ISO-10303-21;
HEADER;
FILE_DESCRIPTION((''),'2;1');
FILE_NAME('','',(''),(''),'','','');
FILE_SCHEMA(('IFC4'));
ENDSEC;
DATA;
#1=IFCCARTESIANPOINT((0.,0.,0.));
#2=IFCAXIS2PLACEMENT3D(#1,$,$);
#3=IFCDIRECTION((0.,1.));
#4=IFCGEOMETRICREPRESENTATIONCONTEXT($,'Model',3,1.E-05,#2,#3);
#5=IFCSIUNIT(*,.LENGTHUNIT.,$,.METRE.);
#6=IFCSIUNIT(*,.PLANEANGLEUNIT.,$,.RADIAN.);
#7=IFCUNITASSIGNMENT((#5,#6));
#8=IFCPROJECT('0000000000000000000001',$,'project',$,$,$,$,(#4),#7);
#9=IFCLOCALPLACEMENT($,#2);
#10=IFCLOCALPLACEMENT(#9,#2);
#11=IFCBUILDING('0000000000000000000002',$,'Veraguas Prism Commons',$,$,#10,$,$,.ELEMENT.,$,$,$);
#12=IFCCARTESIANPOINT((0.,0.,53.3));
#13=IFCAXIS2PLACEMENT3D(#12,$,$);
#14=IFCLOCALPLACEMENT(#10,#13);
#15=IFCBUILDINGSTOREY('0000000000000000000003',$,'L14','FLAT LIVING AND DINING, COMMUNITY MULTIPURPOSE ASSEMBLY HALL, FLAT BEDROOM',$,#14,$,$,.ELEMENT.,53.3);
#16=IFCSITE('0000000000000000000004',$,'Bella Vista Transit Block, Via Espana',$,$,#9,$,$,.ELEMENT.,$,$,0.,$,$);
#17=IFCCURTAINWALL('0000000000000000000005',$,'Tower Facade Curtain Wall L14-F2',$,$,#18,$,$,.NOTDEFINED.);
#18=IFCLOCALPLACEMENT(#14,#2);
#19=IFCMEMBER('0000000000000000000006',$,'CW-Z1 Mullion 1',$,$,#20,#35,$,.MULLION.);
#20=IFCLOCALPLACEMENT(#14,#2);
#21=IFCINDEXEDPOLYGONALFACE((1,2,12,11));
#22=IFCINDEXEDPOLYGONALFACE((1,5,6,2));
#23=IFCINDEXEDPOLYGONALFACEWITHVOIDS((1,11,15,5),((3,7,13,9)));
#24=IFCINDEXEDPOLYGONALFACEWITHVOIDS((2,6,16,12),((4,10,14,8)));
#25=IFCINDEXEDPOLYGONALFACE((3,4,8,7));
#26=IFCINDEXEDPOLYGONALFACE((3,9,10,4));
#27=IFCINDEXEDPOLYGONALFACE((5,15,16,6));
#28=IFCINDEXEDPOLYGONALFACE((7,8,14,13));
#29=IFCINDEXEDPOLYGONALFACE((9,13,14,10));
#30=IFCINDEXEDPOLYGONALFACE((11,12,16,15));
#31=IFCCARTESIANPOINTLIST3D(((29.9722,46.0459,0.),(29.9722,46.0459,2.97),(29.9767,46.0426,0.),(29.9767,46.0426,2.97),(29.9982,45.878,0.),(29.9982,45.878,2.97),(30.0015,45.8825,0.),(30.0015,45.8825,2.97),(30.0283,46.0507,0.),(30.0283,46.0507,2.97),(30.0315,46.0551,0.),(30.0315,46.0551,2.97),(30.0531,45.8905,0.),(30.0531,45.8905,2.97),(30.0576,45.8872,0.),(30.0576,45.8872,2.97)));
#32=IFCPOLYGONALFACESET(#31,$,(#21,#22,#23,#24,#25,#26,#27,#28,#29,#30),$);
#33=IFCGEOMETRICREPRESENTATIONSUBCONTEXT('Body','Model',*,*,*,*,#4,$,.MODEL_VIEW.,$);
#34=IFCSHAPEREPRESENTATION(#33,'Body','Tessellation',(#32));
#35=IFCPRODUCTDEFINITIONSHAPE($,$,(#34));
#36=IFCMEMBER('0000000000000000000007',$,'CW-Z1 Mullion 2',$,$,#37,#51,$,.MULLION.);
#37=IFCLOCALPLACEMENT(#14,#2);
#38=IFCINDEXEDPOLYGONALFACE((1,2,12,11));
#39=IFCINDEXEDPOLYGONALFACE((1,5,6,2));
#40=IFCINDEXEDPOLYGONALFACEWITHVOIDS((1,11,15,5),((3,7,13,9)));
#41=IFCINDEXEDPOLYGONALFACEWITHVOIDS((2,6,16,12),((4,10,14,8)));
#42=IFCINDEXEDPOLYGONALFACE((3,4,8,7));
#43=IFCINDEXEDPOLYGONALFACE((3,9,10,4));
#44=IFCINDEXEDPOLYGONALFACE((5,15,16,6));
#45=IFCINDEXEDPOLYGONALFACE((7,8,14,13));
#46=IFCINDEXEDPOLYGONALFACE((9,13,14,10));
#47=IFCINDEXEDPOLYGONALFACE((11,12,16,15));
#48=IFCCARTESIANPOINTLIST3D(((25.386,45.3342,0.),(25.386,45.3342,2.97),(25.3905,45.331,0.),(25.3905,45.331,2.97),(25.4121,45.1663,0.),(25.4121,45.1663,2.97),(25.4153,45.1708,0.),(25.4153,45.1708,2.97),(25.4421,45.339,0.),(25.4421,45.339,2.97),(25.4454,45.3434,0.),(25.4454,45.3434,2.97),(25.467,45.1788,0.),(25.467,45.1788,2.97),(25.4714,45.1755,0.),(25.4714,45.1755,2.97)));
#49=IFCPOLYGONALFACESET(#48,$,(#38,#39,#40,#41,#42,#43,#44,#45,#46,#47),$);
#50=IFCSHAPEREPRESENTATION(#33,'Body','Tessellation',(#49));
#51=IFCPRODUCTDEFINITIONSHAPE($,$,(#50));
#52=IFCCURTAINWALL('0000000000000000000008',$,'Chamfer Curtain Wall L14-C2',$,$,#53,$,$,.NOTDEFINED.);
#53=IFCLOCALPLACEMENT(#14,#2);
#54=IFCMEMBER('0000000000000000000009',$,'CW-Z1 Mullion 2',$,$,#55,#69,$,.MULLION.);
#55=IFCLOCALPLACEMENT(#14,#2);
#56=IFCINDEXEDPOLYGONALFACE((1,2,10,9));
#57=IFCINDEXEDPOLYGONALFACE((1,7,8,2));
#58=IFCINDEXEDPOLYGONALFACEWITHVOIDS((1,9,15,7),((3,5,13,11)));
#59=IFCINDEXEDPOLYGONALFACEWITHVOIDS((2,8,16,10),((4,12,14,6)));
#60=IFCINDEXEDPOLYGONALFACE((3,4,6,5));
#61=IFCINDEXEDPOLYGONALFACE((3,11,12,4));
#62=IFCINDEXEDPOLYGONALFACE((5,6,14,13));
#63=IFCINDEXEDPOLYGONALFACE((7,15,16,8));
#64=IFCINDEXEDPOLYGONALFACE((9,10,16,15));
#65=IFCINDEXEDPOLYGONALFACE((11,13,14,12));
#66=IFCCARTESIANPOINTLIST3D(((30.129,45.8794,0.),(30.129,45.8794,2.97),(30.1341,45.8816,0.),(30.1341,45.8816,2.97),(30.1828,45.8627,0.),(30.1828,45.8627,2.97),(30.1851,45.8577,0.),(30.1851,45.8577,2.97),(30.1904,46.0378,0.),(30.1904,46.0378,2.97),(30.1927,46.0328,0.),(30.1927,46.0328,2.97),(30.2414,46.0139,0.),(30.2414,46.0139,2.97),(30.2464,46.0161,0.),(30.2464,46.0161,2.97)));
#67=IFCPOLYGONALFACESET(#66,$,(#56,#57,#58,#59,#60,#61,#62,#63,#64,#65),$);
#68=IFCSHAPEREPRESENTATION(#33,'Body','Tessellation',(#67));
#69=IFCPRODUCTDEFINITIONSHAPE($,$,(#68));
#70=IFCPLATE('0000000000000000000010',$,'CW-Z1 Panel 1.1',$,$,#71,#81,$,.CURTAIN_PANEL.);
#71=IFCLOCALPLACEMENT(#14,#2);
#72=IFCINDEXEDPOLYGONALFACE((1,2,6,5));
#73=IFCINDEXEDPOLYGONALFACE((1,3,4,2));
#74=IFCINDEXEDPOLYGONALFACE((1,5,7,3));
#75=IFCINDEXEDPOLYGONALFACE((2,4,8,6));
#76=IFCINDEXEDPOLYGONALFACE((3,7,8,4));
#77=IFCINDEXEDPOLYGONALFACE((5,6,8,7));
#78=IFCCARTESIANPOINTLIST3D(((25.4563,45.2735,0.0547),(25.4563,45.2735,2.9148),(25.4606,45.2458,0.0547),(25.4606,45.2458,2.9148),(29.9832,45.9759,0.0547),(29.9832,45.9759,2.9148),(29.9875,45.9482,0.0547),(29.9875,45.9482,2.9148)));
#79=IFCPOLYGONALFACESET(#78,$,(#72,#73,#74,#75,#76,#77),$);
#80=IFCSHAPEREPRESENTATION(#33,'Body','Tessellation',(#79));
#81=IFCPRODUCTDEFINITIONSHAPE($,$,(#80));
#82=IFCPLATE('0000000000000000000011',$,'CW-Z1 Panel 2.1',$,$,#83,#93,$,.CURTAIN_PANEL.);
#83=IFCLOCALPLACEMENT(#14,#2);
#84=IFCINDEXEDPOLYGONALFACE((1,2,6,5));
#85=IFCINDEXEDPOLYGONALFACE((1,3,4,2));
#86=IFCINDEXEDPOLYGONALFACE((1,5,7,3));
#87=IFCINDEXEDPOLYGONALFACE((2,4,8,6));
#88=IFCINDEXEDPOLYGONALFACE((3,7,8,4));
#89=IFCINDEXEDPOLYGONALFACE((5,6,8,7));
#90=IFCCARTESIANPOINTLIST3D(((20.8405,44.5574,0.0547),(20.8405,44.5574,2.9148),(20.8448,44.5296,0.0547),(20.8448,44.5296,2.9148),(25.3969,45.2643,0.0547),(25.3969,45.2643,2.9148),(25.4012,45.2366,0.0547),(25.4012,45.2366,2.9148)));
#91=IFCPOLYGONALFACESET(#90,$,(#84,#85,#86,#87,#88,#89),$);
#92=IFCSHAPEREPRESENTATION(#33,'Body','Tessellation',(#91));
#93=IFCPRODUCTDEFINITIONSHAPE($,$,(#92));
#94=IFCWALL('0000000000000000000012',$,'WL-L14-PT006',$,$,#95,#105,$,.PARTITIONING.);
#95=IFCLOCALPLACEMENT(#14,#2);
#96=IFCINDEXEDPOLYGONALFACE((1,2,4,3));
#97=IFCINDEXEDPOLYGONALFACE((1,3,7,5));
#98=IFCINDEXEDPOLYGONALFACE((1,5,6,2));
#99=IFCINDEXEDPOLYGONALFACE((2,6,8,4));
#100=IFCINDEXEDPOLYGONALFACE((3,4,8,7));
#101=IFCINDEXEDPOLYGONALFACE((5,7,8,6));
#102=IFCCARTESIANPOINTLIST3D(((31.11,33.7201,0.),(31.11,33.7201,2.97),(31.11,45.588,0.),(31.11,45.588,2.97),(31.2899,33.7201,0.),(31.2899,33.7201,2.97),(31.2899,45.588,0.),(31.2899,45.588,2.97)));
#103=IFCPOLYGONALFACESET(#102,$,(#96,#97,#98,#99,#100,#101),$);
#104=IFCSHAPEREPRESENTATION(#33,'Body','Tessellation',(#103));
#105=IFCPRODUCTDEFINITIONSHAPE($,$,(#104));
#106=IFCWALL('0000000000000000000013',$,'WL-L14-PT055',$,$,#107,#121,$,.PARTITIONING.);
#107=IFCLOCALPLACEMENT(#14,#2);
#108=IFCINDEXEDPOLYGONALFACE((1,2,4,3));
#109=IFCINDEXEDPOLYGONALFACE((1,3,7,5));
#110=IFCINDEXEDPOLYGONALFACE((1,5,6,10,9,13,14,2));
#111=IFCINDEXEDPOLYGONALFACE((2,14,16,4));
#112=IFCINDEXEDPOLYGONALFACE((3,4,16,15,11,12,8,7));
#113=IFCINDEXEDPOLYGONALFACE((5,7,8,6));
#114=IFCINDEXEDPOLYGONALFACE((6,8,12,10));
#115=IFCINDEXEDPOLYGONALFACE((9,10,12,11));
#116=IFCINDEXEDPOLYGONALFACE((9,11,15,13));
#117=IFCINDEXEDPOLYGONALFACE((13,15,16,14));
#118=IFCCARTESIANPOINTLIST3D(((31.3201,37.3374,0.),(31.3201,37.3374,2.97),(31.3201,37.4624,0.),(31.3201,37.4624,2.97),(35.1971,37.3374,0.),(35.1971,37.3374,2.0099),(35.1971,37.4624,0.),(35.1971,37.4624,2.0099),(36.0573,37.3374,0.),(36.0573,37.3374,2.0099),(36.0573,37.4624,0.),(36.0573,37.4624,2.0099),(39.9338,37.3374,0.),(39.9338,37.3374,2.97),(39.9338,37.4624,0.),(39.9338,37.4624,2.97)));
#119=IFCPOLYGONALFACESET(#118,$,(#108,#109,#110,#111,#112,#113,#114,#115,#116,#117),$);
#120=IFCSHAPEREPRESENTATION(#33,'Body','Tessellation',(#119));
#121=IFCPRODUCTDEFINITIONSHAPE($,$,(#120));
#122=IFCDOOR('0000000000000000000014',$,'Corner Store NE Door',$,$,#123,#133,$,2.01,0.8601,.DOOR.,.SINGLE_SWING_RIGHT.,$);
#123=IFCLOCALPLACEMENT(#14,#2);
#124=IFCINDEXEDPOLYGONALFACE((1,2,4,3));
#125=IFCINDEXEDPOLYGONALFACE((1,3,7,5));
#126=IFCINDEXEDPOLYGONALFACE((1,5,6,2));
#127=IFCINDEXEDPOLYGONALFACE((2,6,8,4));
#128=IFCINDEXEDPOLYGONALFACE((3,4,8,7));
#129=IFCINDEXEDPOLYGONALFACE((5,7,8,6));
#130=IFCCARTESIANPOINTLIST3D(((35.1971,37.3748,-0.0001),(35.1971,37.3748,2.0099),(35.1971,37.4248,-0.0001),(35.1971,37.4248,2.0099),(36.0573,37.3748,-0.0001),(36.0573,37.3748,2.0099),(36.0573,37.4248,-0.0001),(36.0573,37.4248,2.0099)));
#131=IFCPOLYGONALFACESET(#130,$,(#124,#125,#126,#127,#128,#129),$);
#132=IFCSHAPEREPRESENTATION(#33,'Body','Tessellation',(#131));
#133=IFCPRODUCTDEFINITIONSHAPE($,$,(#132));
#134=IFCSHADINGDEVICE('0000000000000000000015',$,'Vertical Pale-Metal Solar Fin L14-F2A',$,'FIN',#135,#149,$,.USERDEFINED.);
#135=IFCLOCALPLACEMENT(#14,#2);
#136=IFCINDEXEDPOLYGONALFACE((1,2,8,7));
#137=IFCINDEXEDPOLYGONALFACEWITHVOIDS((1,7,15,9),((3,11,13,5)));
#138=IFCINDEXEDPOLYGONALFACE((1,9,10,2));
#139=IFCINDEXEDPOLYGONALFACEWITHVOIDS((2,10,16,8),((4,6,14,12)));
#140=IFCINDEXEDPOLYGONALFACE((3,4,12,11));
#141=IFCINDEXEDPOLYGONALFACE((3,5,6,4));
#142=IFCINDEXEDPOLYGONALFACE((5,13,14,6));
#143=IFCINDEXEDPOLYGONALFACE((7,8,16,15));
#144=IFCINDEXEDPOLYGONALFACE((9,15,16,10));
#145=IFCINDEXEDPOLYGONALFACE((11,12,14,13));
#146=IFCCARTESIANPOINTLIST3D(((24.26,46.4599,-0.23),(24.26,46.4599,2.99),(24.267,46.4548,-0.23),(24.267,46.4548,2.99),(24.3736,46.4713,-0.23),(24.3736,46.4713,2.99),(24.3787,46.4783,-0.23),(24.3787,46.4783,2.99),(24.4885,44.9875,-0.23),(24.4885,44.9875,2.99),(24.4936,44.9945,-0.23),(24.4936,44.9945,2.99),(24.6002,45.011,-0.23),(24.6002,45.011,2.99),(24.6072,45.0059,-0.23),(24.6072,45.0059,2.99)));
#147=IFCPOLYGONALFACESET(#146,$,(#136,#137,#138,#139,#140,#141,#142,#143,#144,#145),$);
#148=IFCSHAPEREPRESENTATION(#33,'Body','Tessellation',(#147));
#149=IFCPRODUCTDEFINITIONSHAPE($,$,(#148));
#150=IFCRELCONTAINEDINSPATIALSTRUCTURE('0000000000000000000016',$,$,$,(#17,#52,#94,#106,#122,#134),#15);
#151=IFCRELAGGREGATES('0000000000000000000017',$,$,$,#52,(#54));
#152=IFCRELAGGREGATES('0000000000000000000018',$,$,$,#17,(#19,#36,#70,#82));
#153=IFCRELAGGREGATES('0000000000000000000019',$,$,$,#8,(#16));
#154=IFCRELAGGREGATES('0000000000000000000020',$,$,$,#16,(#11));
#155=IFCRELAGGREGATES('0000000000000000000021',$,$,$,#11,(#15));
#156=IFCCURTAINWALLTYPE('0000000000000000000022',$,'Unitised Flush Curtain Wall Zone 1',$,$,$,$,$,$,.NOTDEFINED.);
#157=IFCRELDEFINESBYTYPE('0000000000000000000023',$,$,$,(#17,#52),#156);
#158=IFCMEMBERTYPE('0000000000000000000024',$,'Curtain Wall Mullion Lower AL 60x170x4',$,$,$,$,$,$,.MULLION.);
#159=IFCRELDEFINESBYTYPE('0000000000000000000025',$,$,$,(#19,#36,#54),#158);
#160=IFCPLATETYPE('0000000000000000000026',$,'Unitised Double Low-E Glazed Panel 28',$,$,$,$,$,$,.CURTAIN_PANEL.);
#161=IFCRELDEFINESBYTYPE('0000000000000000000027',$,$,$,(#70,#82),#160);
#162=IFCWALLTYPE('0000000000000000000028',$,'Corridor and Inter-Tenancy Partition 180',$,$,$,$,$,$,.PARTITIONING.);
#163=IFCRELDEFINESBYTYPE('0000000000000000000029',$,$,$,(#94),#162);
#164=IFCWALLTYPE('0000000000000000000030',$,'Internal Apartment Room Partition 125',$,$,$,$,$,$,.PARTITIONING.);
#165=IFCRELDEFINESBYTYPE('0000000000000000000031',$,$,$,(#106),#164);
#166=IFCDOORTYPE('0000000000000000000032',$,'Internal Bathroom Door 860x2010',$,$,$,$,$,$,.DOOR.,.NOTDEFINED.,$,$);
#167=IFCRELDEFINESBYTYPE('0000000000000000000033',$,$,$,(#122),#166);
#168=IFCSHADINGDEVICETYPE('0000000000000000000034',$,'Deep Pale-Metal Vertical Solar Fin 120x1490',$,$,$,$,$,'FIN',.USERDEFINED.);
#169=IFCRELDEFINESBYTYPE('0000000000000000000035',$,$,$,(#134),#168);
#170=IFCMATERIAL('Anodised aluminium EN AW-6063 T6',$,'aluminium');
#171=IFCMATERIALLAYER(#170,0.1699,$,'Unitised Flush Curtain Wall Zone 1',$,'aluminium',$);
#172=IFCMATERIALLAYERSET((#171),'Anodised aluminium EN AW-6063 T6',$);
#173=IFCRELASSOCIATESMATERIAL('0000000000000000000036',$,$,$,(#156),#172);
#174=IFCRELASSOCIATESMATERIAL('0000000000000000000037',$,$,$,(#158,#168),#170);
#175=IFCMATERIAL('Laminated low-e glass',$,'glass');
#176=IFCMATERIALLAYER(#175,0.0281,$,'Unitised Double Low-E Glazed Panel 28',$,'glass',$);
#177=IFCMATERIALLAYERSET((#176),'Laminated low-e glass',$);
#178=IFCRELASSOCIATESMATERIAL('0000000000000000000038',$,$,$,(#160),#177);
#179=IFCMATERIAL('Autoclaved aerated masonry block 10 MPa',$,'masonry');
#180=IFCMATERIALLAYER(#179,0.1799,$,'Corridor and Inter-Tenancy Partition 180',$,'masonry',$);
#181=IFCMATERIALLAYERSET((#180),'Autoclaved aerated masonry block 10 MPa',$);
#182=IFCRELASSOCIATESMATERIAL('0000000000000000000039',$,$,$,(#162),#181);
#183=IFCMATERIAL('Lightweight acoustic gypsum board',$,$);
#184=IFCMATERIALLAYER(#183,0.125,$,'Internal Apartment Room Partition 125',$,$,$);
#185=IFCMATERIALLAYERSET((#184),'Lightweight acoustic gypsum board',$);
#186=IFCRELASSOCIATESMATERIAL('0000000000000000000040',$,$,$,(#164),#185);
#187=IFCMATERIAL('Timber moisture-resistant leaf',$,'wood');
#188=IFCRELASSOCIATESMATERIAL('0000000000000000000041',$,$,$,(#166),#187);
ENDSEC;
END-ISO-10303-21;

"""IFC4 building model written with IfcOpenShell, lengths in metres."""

from ifc_helpers import new_model, si_unit, direction, frame, frame_2d, origin, origin_2d, place, context, subcontext, project, spatial, rectangle, hollow_rectangle, extrude, source, transform, mapped, material, layer, layer_set, material_profile, profile_set, type_object, element, fill, aggregate, save


model = new_model("IFC4")

# Units and contexts
model_context = context("Model", 3, precision=1e-05, world=origin(), true_north=direction((0.0, 1.0)))
body_context = subcontext(model_context, "Body", "Model", "MODEL_VIEW")
ifc_project = project(units=[si_unit("LENGTHUNIT", "METRE"), si_unit("PLANEANGLEUNIT", "RADIAN")], contexts=[model_context])

# Site, building, storey
site_placement = place(None, origin())
site = spatial("IfcSite", under=ifc_project, at=site_placement, Name="Bella Vista Transit Block, Via Espana", CompositionType="ELEMENT", RefElevation=0.0)
building_placement = place(site_placement, origin())
building = spatial("IfcBuilding", under=site, at=building_placement, Name="Veraguas Prism Commons", CompositionType="ELEMENT")
storey_placement = place(building_placement, frame((0.0, 0.0, 53.3)))
storey = spatial("IfcBuildingStorey", under=building, at=storey_placement, Name="L14", Description="FLAT LIVING AND DINING, COMMUNITY MULTIPURPOSE ASSEMBLY HALL, FLAT BEDROOM", CompositionType="ELEMENT", Elevation=53.3)

# Curtain wall, members
ifc_material_1 = material(Name="Anodised aluminium EN AW-6063 T6", Category="aluminium")
ifc_layer_1 = layer(ifc_material_1, 0.1699, Name="Unitised Flush Curtain Wall Zone 1", Category="aluminium")
ifc_layer_set_1 = layer_set([ifc_layer_1], Name="Anodised aluminium EN AW-6063 T6")
curtain_wall_type = type_object("IfcCurtainWallType", Name="Unitised Flush Curtain Wall Zone 1", PredefinedType="NOTDEFINED", material=ifc_layer_set_1)
curtain_wall_1_placement = place(storey_placement, origin())
curtain_wall_1 = element("IfcCurtainWall", 1, at=curtain_wall_1_placement, inside=storey, type_object=curtain_wall_type, Name="Tower Facade Curtain Wall L14-F2", PredefinedType="NOTDEFINED")
ifc_material_profile_1 = material_profile(ifc_material_1, hollow_rectangle(XDim=0.0601, YDim=0.1699, WallThickness=0.0039, at=origin_2d()), Name="AL60X170X4")
ifc_profile_set_1 = profile_set([ifc_material_profile_1], Name="Anodised aluminium EN AW-6063 T6")
member_type_1 = type_object("IfcMemberType", Name="Curtain Wall Mullion Lower AL 60x170x4", PredefinedType="MULLION", material=ifc_profile_set_1)
shared_shape_1 = source(origin(), body_context, "Body", "SweptSolid", [
    extrude(hollow_rectangle(XDim=0.0601, YDim=0.1699, WallThickness=0.0039, at=origin_2d()), origin(), (0.0, 0.0, 1.0), 2.97),
])
member_1_placement = place(storey_placement, frame((30.0149, 45.9666, 0.0), z_axis=(0.0, 0.0, 1.0), x_axis=(-0.988175, -0.153331, 0.0)))
member_1 = element("IfcMember", 2, at=member_1_placement, type_object=member_type_1, Name="CW-Z1 Mullion 1", PredefinedType="MULLION", context=body_context, shape_type="MappedRepresentation", body=[
    mapped(shared_shape_1, transform((0.0, 0.0, 0.0), scale=1.0)),
])
member_2_placement = place(storey_placement, frame((25.4287, 45.2549, 0.0), z_axis=(0.0, 0.0, 1.0), x_axis=(-0.988175, -0.153331, 0.0)))
member_2 = element("IfcMember", 3, at=member_2_placement, type_object=member_type_1, Name="CW-Z1 Mullion 2", PredefinedType="MULLION", context=body_context, shape_type="MappedRepresentation", body=[
    mapped(shared_shape_1, transform((0.0, 0.0, 0.0), scale=1.0)),
])

# Curtain wall, member
curtain_wall_2_placement = place(storey_placement, origin())
curtain_wall_2 = element("IfcCurtainWall", 4, at=curtain_wall_2_placement, inside=storey, type_object=curtain_wall_type, Name="Chamfer Curtain Wall L14-C2", PredefinedType="NOTDEFINED")
member_3_placement = place(storey_placement, frame((30.1877, 45.9478, 0.0), z_axis=(0.0, 0.0, 1.0), x_axis=(-0.932459, 0.361276, 0.0)))
member_3 = element("IfcMember", 5, at=member_3_placement, type_object=member_type_1, Name="CW-Z1 Mullion 2", PredefinedType="MULLION", context=body_context, shape_type="MappedRepresentation", body=[
    mapped(shared_shape_1, transform((0.0, 0.0, 0.0), scale=1.0)),
])
aggregate(curtain_wall_2, [member_3])

# Plates
ifc_material_2 = material(Name="Laminated low-e glass", Category="glass")
ifc_layer_2 = layer(ifc_material_2, 0.0281, Name="Unitised Double Low-E Glazed Panel 28", Category="glass")
ifc_layer_set_2 = layer_set([ifc_layer_2], Name="Laminated low-e glass")
plate_type = type_object("IfcPlateType", Name="Unitised Double Low-E Glazed Panel 28", PredefinedType="CURTAIN_PANEL", material=ifc_layer_set_2)
shared_shape_2 = source(origin(), body_context, "Body", "SweptSolid", [
    extrude(rectangle(XDim=4.5811, YDim=0.0281, at=origin_2d()), origin(), (0.0, 0.0, 1.0), 2.8601),
])
plate_1_placement = place(storey_placement, frame((27.7219, 45.6108, 0.0547), z_axis=(0.0, 0.0, 1.0), x_axis=(-0.988175, -0.153331, 0.0)))
plate_1 = element("IfcPlate", 6, at=plate_1_placement, type_object=plate_type, Name="CW-Z1 Panel 1.1", PredefinedType="CURTAIN_PANEL", context=body_context, shape_type="MappedRepresentation", body=[
    mapped(shared_shape_2, transform((0.0, 0.0, 0.0), scale=1.0)),
])
shared_shape_3 = source(origin(), body_context, "Body", "SweptSolid", [
    extrude(rectangle(XDim=4.6108, YDim=0.0281, at=origin_2d()), origin(), (0.0, 0.0, 1.0), 2.8601),
])
plate_2_placement = place(storey_placement, frame((23.1208, 44.897, 0.0547), z_axis=(0.0, 0.0, 1.0), x_axis=(-0.988175, -0.153331, 0.0)))
plate_2 = element("IfcPlate", 7, at=plate_2_placement, type_object=plate_type, Name="CW-Z1 Panel 2.1", PredefinedType="CURTAIN_PANEL", context=body_context, shape_type="MappedRepresentation", body=[
    mapped(shared_shape_3, transform((0.0, 0.0, 0.0), scale=1.0)),
])
aggregate(curtain_wall_1, [member_1, member_2, plate_1, plate_2])

# Wall
ifc_material_3 = material(Name="Autoclaved aerated masonry block 10 MPa", Category="masonry")
ifc_layer_3 = layer(ifc_material_3, 0.1799, Name="Corridor and Inter-Tenancy Partition 180", Category="masonry")
ifc_layer_set_3 = layer_set([ifc_layer_3], Name="Autoclaved aerated masonry block 10 MPa")
wall_type_1 = type_object("IfcWallType", Name="Corridor and Inter-Tenancy Partition 180", PredefinedType="PARTITIONING", material=ifc_layer_set_3)
wall_1_placement = place(storey_placement, frame((31.2, 33.72, 0.0), z_axis=(0.0, 0.0, 1.0), x_axis=(0.0, 1.0, 0.0)))
element("IfcWall", 8, at=wall_1_placement, inside=storey, type_object=wall_type_1, Name="WL-L14-PT006", PredefinedType="PARTITIONING", context=body_context, shape_type="SweptSolid", body=[
    extrude(rectangle(XDim=11.8679, YDim=0.1799, at=frame_2d((5.9341, 0.0))), origin(), (0.0, 0.0, 1.0), 2.97),
])

# Wall, opening, door
ifc_material_4 = material(Name="Lightweight acoustic gypsum board")
ifc_layer_4 = layer(ifc_material_4, 0.125, Name="Internal Apartment Room Partition 125")
ifc_layer_set_4 = layer_set([ifc_layer_4], Name="Lightweight acoustic gypsum board")
wall_type_2 = type_object("IfcWallType", Name="Internal Apartment Room Partition 125", PredefinedType="PARTITIONING", material=ifc_layer_set_4)
wall_2_placement = place(storey_placement, frame((31.3201, 37.3999, 0.0), z_axis=(0.0, 0.0, 1.0), x_axis=(1.0, 0.0, 0.0)))
wall_2 = element("IfcWall", 9, at=wall_2_placement, inside=storey, type_object=wall_type_2, Name="WL-L14-PT055", PredefinedType="PARTITIONING", context=body_context, shape_type="SweptSolid", body=[
    extrude(rectangle(XDim=8.6138, YDim=0.125, at=frame_2d((4.3069, 0.0))), origin(), (0.0, 0.0, 1.0), 2.97),
])
opening_placement = place(wall_2_placement, frame((3.877, 0.0, 0.0)))
opening = element("IfcOpeningElement", 10, at=opening_placement, cuts=wall_2, PredefinedType="OPENING", context=body_context, shape_type="SweptSolid", body=[
    extrude(rectangle(XDim=0.8601, YDim=2.01, at=frame_2d((0.4302, 1.0049))), frame((0.0, 0.0725, 0.0), z_axis=(0.0, -1.0, 0.0), x_axis=(1.0, 0.0, 0.0)), (0.0, 0.0, 1.0), 0.145),
])
ifc_material_5 = material(Name="Timber moisture-resistant leaf", Category="wood")
door_type = type_object("IfcDoorType", Name="Internal Bathroom Door 860x2010", OperationType="NOTDEFINED", PredefinedType="DOOR", material=ifc_material_5)
shared_shape_4 = source(origin(), body_context, "Body", "SweptSolid", [
    extrude(rectangle(XDim=0.8601, YDim=2.01, at=frame_2d((0.4302, 1.0049))), frame((0.0, 0.0249, 0.0), z_axis=(0.0, -1.0, 0.0), x_axis=(1.0, 0.0, 0.0)), (0.0, 0.0, 1.0), 0.05),
])
door_placement = place(opening_placement, origin())
door = element("IfcDoor", 11, at=door_placement, inside=storey, type_object=door_type, Name="Corner Store NE Door", OperationType="SINGLE_SWING_RIGHT", OverallHeight=2.01, OverallWidth=0.8601, PredefinedType="DOOR", context=body_context, shape_type="MappedRepresentation", body=[
    mapped(shared_shape_4, transform((0.0, 0.0, 0.0), scale=1.0)),
])
fill(opening, door)

# Shading device
ifc_material_profile_2 = material_profile(ifc_material_1, hollow_rectangle(XDim=0.1201, YDim=1.49, WallThickness=0.0061, at=origin_2d()), Name="FIN120X1490X6")
ifc_profile_set_2 = profile_set([ifc_material_profile_2], Name="Anodised aluminium EN AW-6063 T6")
shading_device_type = type_object("IfcShadingDeviceType", Name="Deep Pale-Metal Vertical Solar Fin 120x1490", ElementType="FIN", PredefinedType="USERDEFINED", material=ifc_profile_set_2)
shading_device_placement = place(storey_placement, frame((24.4336, 45.7329, -0.23), z_axis=(0.0, 0.0, 1.0), x_axis=(-0.988175, -0.153331, 0.0)))
element("IfcShadingDevice", 12, at=shading_device_placement, inside=storey, type_object=shading_device_type, Name="Vertical Pale-Metal Solar Fin L14-F2A", ObjectType="FIN", PredefinedType="USERDEFINED", context=body_context, shape_type="SweptSolid", body=[
    extrude(hollow_rectangle(XDim=0.1201, YDim=1.49, WallThickness=0.0061, at=origin_2d()), origin(), (0.0, 0.0, 1.0), 3.22),
])

save(model, "model.ifc")
